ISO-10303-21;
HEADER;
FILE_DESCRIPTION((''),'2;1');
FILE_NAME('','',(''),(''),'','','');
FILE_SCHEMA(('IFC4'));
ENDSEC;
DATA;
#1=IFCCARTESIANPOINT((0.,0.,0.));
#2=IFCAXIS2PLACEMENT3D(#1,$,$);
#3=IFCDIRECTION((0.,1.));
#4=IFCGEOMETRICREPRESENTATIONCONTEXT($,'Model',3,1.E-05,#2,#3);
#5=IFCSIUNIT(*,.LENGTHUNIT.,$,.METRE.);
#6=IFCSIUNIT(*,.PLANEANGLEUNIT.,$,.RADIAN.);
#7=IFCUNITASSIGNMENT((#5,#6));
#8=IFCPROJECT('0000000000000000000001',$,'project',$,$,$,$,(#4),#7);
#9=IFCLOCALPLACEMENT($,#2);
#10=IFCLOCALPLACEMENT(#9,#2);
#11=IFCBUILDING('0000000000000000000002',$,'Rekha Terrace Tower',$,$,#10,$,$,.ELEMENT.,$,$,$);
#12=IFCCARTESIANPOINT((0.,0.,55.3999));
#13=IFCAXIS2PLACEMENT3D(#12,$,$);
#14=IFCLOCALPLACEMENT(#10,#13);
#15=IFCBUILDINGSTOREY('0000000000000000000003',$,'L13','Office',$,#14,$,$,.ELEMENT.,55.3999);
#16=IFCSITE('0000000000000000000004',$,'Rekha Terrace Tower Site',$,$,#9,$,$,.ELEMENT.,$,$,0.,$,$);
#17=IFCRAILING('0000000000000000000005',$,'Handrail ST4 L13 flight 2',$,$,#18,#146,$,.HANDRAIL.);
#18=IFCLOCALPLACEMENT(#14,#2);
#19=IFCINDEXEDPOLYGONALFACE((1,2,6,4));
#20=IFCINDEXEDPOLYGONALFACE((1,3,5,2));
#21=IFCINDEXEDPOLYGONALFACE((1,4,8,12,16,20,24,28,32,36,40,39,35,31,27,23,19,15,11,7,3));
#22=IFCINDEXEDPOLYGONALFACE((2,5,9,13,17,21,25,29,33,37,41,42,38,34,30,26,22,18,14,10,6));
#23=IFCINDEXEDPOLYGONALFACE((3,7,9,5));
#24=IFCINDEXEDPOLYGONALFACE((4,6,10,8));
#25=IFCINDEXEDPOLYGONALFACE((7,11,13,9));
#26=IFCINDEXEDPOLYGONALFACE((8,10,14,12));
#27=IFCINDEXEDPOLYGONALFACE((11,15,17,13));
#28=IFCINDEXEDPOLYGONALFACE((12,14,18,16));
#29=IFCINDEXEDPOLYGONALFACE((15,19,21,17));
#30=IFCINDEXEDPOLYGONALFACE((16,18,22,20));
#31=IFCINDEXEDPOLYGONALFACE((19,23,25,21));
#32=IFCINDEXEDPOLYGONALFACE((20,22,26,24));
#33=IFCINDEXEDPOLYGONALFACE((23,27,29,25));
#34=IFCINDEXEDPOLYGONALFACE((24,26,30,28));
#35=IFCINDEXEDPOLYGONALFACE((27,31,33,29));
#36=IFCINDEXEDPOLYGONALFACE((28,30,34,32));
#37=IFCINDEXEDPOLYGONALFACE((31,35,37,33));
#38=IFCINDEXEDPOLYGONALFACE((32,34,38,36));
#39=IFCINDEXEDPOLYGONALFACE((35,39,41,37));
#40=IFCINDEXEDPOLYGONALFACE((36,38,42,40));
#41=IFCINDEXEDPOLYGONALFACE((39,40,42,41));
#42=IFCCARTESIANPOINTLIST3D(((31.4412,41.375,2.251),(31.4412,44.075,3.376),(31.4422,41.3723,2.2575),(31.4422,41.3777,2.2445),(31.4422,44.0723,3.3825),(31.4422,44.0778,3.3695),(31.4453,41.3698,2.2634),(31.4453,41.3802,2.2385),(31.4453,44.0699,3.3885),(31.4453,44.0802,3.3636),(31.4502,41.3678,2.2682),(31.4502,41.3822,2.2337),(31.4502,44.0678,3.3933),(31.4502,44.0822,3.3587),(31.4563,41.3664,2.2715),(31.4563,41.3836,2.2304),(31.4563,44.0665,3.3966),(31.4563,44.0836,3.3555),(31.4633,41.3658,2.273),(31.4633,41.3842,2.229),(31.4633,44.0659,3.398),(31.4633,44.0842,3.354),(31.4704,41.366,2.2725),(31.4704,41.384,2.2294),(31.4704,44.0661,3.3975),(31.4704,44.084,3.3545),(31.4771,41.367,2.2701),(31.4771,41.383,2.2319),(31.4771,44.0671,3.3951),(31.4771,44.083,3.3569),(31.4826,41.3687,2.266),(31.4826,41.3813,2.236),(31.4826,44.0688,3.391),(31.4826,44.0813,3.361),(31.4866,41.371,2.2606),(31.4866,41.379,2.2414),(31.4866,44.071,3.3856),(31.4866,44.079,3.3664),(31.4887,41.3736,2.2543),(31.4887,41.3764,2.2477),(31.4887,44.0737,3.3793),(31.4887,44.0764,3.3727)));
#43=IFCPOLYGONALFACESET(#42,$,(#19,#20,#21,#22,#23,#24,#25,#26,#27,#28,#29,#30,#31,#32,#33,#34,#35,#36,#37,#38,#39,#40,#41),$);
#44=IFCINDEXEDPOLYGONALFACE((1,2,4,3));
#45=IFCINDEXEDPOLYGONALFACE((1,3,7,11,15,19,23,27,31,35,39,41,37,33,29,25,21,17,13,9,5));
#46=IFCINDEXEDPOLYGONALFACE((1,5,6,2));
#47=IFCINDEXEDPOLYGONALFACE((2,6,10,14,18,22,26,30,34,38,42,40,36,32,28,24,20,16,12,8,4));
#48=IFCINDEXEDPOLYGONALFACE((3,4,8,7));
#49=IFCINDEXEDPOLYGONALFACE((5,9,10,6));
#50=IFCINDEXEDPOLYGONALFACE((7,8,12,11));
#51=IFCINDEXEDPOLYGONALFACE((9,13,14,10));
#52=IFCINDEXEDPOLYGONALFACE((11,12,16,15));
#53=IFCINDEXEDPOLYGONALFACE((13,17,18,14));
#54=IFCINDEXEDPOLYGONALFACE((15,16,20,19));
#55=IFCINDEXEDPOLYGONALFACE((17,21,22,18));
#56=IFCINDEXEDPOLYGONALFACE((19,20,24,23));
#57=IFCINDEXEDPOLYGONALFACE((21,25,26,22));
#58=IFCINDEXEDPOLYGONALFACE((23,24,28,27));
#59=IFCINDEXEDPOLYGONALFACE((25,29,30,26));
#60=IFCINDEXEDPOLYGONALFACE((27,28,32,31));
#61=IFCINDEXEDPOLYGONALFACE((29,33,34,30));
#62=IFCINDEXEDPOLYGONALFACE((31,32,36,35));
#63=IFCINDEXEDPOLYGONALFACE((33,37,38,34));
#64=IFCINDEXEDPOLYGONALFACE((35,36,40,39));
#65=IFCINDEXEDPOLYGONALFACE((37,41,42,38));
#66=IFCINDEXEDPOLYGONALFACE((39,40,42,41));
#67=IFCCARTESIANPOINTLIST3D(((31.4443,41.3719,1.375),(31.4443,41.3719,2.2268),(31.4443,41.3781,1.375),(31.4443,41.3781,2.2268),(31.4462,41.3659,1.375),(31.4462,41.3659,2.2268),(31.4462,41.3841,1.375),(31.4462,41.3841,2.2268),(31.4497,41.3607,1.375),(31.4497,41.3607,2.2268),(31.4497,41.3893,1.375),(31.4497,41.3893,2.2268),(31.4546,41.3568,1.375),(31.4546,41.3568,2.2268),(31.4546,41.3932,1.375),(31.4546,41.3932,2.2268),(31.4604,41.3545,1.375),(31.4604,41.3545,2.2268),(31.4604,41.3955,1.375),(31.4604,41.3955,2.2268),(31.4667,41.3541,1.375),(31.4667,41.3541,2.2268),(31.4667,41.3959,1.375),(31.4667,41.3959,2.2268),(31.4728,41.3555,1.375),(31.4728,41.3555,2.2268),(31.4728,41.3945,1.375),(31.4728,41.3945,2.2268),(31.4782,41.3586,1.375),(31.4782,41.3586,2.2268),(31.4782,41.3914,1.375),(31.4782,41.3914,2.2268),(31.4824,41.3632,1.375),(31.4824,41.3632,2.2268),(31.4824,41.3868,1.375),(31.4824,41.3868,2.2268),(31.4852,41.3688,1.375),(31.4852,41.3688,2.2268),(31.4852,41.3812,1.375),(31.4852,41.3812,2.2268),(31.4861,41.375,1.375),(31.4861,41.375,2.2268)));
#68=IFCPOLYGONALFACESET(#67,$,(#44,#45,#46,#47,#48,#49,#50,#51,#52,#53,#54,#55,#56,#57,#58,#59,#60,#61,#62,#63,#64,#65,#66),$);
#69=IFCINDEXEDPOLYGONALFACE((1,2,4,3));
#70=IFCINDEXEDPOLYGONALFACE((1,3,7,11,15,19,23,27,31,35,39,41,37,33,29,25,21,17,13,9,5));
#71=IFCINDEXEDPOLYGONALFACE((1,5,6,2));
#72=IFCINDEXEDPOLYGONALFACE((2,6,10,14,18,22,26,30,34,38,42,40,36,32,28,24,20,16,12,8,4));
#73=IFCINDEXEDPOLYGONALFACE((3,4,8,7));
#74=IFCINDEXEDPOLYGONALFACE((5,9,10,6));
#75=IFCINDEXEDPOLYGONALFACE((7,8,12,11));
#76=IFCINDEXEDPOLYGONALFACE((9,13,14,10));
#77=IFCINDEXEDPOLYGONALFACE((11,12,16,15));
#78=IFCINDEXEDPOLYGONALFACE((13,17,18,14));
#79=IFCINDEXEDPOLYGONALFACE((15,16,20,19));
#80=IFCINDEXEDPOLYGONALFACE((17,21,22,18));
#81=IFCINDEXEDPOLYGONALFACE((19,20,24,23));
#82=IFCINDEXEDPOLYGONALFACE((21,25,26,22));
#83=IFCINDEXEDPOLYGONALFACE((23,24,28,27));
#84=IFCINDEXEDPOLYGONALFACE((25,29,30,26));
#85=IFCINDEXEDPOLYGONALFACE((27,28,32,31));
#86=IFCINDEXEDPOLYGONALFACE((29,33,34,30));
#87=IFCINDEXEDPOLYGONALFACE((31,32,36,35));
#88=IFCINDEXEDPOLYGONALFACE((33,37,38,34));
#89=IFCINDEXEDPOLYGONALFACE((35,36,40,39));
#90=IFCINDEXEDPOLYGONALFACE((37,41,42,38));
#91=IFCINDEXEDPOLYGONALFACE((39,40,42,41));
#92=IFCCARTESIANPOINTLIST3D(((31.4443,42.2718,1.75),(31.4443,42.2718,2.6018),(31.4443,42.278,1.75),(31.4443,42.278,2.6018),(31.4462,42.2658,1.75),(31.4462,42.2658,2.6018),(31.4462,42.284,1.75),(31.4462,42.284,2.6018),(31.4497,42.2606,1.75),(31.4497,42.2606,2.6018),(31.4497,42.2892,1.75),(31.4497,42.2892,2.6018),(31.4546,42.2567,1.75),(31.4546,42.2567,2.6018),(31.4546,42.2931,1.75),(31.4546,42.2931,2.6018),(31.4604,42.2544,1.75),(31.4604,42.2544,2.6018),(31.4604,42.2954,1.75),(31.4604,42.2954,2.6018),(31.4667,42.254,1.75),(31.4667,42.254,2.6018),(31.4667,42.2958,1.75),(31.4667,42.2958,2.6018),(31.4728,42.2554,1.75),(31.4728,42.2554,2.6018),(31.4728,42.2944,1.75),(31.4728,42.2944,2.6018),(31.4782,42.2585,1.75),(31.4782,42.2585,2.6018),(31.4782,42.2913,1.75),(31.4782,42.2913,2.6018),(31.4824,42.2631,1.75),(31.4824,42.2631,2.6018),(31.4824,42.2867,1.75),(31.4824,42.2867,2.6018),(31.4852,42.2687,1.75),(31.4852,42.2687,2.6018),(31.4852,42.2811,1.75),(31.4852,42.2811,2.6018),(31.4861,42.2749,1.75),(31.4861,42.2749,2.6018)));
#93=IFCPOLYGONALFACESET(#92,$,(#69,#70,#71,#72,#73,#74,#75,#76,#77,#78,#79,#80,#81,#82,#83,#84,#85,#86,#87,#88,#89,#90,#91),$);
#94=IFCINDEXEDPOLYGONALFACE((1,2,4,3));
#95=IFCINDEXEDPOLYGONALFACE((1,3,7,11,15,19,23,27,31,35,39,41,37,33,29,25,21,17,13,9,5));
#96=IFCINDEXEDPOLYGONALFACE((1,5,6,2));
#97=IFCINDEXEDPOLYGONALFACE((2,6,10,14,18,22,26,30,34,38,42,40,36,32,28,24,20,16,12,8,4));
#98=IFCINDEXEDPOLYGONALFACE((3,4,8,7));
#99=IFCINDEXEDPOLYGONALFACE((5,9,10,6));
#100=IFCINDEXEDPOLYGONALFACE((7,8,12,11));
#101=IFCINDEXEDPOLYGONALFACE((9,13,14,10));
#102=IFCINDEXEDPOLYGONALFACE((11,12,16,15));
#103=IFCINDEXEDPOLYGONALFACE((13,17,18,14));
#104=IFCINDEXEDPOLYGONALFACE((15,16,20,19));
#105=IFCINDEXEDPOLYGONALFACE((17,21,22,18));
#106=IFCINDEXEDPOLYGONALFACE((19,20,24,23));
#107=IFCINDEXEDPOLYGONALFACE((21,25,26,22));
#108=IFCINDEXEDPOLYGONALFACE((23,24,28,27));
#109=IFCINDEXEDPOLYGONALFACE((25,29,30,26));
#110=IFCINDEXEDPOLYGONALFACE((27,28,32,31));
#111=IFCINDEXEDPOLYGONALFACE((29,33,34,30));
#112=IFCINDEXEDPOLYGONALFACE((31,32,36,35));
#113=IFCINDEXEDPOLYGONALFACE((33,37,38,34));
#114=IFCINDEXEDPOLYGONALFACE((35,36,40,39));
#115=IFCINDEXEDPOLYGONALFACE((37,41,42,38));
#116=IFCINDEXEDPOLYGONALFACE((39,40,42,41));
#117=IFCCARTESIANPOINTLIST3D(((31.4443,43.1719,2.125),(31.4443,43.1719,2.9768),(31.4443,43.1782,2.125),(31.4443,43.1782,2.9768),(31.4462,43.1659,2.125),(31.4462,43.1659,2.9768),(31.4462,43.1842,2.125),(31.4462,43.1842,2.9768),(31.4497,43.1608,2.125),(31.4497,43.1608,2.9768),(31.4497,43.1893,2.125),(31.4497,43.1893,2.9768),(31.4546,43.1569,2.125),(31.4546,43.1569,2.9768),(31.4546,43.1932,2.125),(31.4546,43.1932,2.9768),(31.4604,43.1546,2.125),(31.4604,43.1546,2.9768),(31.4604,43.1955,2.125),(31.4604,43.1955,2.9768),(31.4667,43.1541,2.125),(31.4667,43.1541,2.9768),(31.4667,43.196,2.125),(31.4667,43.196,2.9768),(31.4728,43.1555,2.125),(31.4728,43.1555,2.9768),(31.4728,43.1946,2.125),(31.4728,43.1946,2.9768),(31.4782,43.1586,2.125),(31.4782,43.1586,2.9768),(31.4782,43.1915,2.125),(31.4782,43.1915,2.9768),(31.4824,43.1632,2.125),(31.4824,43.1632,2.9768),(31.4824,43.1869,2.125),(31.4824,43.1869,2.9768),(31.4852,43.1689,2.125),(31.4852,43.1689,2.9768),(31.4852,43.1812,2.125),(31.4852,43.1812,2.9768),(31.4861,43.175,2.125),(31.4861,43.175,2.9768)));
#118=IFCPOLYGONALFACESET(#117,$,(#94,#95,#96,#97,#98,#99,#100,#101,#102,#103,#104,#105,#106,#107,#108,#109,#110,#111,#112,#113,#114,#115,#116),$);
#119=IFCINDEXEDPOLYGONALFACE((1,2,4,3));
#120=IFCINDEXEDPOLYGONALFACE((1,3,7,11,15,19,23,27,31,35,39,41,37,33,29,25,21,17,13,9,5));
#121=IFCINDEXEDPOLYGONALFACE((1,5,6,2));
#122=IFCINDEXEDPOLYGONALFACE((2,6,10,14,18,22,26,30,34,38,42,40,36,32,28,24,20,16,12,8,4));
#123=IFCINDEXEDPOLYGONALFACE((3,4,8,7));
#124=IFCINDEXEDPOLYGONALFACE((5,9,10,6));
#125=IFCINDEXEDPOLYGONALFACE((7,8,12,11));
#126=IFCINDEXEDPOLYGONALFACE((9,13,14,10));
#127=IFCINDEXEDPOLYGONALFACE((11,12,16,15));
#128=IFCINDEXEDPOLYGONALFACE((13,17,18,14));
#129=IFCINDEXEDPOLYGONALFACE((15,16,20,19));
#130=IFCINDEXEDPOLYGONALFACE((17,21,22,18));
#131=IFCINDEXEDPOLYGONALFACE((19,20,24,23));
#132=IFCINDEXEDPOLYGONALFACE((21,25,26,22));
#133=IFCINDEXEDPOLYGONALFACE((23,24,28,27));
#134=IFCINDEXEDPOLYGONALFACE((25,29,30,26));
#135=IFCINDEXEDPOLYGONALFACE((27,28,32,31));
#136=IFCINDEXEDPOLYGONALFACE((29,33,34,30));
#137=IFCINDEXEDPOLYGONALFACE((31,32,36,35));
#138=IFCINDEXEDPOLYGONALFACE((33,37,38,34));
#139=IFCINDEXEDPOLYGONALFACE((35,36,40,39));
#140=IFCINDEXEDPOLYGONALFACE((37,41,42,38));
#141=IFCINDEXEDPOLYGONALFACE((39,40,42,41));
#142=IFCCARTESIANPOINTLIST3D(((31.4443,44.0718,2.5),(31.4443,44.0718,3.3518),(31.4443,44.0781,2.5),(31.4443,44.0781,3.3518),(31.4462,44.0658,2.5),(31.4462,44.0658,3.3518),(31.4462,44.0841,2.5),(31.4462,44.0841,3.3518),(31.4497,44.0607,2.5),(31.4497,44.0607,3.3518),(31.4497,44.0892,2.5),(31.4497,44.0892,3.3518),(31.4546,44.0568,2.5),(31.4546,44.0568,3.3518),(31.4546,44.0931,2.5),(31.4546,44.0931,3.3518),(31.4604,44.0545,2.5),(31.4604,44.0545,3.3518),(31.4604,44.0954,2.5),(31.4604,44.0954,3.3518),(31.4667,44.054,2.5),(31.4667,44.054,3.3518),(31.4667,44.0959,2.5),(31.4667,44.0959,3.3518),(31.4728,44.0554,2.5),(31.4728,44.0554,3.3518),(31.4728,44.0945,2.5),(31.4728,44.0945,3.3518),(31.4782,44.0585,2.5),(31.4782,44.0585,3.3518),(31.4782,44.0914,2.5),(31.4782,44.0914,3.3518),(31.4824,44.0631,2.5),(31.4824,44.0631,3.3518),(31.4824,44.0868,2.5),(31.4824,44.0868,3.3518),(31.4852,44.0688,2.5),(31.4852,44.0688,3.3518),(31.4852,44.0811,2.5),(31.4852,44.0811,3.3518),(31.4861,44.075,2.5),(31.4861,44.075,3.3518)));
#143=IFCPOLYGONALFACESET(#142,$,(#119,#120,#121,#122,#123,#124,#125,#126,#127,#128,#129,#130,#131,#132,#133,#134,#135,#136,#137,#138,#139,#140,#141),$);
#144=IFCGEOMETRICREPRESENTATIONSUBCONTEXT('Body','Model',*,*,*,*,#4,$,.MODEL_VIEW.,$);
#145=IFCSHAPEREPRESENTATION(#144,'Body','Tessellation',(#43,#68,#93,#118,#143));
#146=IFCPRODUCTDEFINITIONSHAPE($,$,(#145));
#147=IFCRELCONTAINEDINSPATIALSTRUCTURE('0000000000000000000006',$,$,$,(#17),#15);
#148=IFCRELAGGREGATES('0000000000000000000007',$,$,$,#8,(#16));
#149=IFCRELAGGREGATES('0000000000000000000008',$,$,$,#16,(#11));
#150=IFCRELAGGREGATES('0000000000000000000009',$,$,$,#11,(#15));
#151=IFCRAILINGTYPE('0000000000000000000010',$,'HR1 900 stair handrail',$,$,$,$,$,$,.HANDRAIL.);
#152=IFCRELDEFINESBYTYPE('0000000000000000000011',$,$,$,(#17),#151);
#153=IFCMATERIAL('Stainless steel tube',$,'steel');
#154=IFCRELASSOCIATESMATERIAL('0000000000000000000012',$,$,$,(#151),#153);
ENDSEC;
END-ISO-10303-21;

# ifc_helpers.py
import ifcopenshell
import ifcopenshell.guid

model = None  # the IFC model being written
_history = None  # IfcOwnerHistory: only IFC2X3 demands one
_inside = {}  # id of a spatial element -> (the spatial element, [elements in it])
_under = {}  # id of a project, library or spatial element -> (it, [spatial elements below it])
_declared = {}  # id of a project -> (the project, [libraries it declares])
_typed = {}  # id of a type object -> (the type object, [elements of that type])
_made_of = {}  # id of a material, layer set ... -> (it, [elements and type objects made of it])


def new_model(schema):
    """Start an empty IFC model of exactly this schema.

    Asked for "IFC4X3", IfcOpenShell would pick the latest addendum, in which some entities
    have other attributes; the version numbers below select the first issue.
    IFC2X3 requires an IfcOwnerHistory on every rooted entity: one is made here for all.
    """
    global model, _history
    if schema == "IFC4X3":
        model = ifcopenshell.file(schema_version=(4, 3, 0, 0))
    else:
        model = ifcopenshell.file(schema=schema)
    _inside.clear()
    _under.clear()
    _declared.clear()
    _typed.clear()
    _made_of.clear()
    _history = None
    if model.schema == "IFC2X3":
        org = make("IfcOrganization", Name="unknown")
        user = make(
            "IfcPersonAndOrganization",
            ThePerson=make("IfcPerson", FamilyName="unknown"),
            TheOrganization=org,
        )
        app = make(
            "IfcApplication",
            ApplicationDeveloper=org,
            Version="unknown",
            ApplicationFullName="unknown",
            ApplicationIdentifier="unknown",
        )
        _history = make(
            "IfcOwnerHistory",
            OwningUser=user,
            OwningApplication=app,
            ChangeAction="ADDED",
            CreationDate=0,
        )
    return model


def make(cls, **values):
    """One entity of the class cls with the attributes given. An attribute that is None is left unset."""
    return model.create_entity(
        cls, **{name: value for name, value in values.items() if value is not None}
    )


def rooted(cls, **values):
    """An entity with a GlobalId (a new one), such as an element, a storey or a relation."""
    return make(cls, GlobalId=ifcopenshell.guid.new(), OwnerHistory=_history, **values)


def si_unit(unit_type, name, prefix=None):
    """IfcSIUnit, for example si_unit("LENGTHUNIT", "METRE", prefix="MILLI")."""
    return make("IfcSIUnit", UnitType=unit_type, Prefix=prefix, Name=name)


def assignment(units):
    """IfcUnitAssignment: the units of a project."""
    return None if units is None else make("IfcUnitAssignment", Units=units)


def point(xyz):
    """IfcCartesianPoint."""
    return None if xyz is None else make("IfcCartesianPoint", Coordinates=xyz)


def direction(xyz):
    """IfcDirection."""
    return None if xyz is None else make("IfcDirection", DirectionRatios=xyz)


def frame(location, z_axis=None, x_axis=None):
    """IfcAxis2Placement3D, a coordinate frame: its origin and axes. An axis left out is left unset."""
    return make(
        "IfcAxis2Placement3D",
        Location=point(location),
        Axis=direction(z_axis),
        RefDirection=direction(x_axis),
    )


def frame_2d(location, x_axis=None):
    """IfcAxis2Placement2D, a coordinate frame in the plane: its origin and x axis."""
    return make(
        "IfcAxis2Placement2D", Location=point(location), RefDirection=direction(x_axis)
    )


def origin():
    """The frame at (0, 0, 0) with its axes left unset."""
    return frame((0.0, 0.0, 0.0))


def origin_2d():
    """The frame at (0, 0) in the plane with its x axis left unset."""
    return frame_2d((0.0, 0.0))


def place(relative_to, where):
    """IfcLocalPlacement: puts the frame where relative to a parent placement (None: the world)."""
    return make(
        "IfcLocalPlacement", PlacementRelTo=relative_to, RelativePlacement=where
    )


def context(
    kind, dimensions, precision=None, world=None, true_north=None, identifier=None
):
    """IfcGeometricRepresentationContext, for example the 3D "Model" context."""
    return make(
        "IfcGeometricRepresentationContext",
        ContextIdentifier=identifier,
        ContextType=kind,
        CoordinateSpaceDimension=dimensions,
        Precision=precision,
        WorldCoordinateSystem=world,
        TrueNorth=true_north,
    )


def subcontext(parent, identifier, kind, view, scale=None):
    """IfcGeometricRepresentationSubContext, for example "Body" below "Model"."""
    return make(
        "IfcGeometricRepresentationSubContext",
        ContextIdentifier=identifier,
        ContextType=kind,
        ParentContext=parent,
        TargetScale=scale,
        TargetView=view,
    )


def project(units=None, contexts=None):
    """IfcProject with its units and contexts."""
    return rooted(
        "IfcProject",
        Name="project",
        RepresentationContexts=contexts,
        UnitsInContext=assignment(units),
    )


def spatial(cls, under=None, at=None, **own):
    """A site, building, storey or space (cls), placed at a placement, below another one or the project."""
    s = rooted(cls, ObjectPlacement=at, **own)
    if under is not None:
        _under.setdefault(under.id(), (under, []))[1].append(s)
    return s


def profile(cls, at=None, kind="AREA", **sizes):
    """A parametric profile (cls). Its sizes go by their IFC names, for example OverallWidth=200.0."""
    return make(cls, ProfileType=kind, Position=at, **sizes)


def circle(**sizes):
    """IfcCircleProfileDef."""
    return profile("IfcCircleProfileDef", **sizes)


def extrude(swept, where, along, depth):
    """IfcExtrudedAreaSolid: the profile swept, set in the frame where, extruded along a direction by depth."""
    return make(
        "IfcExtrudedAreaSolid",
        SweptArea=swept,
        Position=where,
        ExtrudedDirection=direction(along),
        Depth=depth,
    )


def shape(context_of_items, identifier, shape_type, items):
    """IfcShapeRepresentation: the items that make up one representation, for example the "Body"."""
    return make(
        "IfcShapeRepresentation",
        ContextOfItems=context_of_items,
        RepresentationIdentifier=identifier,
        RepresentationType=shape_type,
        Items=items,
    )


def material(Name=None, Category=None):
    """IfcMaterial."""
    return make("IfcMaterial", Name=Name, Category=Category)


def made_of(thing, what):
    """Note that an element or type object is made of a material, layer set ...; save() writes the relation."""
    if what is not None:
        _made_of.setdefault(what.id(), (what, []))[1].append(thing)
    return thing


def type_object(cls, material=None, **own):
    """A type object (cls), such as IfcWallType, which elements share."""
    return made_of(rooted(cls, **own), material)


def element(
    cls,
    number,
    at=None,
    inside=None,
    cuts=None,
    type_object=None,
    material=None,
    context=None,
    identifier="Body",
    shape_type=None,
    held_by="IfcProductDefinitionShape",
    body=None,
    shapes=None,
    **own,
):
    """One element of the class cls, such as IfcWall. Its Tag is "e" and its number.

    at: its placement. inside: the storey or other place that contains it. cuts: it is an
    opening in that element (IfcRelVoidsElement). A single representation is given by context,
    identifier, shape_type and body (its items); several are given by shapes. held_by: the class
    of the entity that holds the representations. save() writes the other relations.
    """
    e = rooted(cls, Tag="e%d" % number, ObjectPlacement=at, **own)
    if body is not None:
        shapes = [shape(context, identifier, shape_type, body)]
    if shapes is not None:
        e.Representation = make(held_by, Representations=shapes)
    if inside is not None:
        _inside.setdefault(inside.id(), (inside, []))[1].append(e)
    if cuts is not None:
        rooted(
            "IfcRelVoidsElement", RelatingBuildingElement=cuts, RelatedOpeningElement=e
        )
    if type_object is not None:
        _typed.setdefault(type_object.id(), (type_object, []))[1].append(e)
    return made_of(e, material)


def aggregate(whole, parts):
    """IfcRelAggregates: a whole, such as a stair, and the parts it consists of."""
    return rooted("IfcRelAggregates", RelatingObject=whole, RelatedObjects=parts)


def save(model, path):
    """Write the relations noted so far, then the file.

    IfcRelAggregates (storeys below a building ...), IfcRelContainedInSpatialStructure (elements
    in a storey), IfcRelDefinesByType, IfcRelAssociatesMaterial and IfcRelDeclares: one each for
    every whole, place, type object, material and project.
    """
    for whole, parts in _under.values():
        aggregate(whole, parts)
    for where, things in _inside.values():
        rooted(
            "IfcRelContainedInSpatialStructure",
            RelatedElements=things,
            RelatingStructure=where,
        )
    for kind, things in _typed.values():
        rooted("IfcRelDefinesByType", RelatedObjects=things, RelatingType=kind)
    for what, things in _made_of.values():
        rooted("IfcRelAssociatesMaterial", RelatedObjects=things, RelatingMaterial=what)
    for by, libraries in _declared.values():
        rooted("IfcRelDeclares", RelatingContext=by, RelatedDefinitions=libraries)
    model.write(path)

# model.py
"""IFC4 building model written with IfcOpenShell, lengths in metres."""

from ifc_helpers import new_model, si_unit, direction, frame, origin, origin_2d, place, context, subcontext, project, spatial, circle, extrude, material, type_object, element, save


model = new_model("IFC4")

# Units and contexts
model_context = context("Model", 3, precision=1e-05, world=origin(), true_north=direction((0.0, 1.0)))
body_context = subcontext(model_context, "Body", "Model", "MODEL_VIEW")
ifc_project = project(units=[si_unit("LENGTHUNIT", "METRE"), si_unit("PLANEANGLEUNIT", "RADIAN")], contexts=[model_context])

# Site, building, storey
site_placement = place(None, origin())
site = spatial("IfcSite", under=ifc_project, at=site_placement, Name="Rekha Terrace Tower Site", CompositionType="ELEMENT", RefElevation=0.0)
building_placement = place(site_placement, origin())
building = spatial("IfcBuilding", under=site, at=building_placement, Name="Rekha Terrace Tower", CompositionType="ELEMENT")
storey_placement = place(building_placement, frame((0.0, 0.0, 55.3999)))
storey = spatial("IfcBuildingStorey", under=building, at=storey_placement, Name="L13", Description="Office", CompositionType="ELEMENT", Elevation=55.3999)

# Railing
ifc_material_1 = material(Name="Stainless steel tube", Category="steel")
railing_type_1 = type_object("IfcRailingType", Name="HR1 900 stair handrail", PredefinedType="HANDRAIL", material=ifc_material_1)
railing_1_placement = place(storey_placement, frame((31.4651, 41.375, 1.375)))
element("IfcRailing", 1, at=railing_1_placement, inside=storey, type_object=railing_type_1, Name="Handrail ST4 L13 flight 2", PredefinedType="HANDRAIL", context=body_context, shape_type="SweptSolid", body=[
    extrude(circle(Radius=0.0239, at=origin_2d()), frame((0.0, 0.0, 0.876), z_axis=(0.0, 0.923074, 0.384621), x_axis=(-1.0, 0.0, 0.0)), (0.0, 0.0, 1.0), 2.925),
    extrude(circle(Radius=0.021, at=origin_2d()), origin(), (0.0, 0.0, 1.0), 0.8518),
    extrude(circle(Radius=0.021, at=origin_2d()), frame((0.0, 0.8999, 0.375)), (0.0, 0.0, 1.0), 0.8518),
    extrude(circle(Radius=0.021, at=origin_2d()), frame((0.0, 1.8, 0.75)), (0.0, 0.0, 1.0), 0.8518),
    extrude(circle(Radius=0.021, at=origin_2d()), frame((0.0, 2.7, 1.125)), (0.0, 0.0, 1.0), 0.8518),
])

save(model, "model.ifc")
